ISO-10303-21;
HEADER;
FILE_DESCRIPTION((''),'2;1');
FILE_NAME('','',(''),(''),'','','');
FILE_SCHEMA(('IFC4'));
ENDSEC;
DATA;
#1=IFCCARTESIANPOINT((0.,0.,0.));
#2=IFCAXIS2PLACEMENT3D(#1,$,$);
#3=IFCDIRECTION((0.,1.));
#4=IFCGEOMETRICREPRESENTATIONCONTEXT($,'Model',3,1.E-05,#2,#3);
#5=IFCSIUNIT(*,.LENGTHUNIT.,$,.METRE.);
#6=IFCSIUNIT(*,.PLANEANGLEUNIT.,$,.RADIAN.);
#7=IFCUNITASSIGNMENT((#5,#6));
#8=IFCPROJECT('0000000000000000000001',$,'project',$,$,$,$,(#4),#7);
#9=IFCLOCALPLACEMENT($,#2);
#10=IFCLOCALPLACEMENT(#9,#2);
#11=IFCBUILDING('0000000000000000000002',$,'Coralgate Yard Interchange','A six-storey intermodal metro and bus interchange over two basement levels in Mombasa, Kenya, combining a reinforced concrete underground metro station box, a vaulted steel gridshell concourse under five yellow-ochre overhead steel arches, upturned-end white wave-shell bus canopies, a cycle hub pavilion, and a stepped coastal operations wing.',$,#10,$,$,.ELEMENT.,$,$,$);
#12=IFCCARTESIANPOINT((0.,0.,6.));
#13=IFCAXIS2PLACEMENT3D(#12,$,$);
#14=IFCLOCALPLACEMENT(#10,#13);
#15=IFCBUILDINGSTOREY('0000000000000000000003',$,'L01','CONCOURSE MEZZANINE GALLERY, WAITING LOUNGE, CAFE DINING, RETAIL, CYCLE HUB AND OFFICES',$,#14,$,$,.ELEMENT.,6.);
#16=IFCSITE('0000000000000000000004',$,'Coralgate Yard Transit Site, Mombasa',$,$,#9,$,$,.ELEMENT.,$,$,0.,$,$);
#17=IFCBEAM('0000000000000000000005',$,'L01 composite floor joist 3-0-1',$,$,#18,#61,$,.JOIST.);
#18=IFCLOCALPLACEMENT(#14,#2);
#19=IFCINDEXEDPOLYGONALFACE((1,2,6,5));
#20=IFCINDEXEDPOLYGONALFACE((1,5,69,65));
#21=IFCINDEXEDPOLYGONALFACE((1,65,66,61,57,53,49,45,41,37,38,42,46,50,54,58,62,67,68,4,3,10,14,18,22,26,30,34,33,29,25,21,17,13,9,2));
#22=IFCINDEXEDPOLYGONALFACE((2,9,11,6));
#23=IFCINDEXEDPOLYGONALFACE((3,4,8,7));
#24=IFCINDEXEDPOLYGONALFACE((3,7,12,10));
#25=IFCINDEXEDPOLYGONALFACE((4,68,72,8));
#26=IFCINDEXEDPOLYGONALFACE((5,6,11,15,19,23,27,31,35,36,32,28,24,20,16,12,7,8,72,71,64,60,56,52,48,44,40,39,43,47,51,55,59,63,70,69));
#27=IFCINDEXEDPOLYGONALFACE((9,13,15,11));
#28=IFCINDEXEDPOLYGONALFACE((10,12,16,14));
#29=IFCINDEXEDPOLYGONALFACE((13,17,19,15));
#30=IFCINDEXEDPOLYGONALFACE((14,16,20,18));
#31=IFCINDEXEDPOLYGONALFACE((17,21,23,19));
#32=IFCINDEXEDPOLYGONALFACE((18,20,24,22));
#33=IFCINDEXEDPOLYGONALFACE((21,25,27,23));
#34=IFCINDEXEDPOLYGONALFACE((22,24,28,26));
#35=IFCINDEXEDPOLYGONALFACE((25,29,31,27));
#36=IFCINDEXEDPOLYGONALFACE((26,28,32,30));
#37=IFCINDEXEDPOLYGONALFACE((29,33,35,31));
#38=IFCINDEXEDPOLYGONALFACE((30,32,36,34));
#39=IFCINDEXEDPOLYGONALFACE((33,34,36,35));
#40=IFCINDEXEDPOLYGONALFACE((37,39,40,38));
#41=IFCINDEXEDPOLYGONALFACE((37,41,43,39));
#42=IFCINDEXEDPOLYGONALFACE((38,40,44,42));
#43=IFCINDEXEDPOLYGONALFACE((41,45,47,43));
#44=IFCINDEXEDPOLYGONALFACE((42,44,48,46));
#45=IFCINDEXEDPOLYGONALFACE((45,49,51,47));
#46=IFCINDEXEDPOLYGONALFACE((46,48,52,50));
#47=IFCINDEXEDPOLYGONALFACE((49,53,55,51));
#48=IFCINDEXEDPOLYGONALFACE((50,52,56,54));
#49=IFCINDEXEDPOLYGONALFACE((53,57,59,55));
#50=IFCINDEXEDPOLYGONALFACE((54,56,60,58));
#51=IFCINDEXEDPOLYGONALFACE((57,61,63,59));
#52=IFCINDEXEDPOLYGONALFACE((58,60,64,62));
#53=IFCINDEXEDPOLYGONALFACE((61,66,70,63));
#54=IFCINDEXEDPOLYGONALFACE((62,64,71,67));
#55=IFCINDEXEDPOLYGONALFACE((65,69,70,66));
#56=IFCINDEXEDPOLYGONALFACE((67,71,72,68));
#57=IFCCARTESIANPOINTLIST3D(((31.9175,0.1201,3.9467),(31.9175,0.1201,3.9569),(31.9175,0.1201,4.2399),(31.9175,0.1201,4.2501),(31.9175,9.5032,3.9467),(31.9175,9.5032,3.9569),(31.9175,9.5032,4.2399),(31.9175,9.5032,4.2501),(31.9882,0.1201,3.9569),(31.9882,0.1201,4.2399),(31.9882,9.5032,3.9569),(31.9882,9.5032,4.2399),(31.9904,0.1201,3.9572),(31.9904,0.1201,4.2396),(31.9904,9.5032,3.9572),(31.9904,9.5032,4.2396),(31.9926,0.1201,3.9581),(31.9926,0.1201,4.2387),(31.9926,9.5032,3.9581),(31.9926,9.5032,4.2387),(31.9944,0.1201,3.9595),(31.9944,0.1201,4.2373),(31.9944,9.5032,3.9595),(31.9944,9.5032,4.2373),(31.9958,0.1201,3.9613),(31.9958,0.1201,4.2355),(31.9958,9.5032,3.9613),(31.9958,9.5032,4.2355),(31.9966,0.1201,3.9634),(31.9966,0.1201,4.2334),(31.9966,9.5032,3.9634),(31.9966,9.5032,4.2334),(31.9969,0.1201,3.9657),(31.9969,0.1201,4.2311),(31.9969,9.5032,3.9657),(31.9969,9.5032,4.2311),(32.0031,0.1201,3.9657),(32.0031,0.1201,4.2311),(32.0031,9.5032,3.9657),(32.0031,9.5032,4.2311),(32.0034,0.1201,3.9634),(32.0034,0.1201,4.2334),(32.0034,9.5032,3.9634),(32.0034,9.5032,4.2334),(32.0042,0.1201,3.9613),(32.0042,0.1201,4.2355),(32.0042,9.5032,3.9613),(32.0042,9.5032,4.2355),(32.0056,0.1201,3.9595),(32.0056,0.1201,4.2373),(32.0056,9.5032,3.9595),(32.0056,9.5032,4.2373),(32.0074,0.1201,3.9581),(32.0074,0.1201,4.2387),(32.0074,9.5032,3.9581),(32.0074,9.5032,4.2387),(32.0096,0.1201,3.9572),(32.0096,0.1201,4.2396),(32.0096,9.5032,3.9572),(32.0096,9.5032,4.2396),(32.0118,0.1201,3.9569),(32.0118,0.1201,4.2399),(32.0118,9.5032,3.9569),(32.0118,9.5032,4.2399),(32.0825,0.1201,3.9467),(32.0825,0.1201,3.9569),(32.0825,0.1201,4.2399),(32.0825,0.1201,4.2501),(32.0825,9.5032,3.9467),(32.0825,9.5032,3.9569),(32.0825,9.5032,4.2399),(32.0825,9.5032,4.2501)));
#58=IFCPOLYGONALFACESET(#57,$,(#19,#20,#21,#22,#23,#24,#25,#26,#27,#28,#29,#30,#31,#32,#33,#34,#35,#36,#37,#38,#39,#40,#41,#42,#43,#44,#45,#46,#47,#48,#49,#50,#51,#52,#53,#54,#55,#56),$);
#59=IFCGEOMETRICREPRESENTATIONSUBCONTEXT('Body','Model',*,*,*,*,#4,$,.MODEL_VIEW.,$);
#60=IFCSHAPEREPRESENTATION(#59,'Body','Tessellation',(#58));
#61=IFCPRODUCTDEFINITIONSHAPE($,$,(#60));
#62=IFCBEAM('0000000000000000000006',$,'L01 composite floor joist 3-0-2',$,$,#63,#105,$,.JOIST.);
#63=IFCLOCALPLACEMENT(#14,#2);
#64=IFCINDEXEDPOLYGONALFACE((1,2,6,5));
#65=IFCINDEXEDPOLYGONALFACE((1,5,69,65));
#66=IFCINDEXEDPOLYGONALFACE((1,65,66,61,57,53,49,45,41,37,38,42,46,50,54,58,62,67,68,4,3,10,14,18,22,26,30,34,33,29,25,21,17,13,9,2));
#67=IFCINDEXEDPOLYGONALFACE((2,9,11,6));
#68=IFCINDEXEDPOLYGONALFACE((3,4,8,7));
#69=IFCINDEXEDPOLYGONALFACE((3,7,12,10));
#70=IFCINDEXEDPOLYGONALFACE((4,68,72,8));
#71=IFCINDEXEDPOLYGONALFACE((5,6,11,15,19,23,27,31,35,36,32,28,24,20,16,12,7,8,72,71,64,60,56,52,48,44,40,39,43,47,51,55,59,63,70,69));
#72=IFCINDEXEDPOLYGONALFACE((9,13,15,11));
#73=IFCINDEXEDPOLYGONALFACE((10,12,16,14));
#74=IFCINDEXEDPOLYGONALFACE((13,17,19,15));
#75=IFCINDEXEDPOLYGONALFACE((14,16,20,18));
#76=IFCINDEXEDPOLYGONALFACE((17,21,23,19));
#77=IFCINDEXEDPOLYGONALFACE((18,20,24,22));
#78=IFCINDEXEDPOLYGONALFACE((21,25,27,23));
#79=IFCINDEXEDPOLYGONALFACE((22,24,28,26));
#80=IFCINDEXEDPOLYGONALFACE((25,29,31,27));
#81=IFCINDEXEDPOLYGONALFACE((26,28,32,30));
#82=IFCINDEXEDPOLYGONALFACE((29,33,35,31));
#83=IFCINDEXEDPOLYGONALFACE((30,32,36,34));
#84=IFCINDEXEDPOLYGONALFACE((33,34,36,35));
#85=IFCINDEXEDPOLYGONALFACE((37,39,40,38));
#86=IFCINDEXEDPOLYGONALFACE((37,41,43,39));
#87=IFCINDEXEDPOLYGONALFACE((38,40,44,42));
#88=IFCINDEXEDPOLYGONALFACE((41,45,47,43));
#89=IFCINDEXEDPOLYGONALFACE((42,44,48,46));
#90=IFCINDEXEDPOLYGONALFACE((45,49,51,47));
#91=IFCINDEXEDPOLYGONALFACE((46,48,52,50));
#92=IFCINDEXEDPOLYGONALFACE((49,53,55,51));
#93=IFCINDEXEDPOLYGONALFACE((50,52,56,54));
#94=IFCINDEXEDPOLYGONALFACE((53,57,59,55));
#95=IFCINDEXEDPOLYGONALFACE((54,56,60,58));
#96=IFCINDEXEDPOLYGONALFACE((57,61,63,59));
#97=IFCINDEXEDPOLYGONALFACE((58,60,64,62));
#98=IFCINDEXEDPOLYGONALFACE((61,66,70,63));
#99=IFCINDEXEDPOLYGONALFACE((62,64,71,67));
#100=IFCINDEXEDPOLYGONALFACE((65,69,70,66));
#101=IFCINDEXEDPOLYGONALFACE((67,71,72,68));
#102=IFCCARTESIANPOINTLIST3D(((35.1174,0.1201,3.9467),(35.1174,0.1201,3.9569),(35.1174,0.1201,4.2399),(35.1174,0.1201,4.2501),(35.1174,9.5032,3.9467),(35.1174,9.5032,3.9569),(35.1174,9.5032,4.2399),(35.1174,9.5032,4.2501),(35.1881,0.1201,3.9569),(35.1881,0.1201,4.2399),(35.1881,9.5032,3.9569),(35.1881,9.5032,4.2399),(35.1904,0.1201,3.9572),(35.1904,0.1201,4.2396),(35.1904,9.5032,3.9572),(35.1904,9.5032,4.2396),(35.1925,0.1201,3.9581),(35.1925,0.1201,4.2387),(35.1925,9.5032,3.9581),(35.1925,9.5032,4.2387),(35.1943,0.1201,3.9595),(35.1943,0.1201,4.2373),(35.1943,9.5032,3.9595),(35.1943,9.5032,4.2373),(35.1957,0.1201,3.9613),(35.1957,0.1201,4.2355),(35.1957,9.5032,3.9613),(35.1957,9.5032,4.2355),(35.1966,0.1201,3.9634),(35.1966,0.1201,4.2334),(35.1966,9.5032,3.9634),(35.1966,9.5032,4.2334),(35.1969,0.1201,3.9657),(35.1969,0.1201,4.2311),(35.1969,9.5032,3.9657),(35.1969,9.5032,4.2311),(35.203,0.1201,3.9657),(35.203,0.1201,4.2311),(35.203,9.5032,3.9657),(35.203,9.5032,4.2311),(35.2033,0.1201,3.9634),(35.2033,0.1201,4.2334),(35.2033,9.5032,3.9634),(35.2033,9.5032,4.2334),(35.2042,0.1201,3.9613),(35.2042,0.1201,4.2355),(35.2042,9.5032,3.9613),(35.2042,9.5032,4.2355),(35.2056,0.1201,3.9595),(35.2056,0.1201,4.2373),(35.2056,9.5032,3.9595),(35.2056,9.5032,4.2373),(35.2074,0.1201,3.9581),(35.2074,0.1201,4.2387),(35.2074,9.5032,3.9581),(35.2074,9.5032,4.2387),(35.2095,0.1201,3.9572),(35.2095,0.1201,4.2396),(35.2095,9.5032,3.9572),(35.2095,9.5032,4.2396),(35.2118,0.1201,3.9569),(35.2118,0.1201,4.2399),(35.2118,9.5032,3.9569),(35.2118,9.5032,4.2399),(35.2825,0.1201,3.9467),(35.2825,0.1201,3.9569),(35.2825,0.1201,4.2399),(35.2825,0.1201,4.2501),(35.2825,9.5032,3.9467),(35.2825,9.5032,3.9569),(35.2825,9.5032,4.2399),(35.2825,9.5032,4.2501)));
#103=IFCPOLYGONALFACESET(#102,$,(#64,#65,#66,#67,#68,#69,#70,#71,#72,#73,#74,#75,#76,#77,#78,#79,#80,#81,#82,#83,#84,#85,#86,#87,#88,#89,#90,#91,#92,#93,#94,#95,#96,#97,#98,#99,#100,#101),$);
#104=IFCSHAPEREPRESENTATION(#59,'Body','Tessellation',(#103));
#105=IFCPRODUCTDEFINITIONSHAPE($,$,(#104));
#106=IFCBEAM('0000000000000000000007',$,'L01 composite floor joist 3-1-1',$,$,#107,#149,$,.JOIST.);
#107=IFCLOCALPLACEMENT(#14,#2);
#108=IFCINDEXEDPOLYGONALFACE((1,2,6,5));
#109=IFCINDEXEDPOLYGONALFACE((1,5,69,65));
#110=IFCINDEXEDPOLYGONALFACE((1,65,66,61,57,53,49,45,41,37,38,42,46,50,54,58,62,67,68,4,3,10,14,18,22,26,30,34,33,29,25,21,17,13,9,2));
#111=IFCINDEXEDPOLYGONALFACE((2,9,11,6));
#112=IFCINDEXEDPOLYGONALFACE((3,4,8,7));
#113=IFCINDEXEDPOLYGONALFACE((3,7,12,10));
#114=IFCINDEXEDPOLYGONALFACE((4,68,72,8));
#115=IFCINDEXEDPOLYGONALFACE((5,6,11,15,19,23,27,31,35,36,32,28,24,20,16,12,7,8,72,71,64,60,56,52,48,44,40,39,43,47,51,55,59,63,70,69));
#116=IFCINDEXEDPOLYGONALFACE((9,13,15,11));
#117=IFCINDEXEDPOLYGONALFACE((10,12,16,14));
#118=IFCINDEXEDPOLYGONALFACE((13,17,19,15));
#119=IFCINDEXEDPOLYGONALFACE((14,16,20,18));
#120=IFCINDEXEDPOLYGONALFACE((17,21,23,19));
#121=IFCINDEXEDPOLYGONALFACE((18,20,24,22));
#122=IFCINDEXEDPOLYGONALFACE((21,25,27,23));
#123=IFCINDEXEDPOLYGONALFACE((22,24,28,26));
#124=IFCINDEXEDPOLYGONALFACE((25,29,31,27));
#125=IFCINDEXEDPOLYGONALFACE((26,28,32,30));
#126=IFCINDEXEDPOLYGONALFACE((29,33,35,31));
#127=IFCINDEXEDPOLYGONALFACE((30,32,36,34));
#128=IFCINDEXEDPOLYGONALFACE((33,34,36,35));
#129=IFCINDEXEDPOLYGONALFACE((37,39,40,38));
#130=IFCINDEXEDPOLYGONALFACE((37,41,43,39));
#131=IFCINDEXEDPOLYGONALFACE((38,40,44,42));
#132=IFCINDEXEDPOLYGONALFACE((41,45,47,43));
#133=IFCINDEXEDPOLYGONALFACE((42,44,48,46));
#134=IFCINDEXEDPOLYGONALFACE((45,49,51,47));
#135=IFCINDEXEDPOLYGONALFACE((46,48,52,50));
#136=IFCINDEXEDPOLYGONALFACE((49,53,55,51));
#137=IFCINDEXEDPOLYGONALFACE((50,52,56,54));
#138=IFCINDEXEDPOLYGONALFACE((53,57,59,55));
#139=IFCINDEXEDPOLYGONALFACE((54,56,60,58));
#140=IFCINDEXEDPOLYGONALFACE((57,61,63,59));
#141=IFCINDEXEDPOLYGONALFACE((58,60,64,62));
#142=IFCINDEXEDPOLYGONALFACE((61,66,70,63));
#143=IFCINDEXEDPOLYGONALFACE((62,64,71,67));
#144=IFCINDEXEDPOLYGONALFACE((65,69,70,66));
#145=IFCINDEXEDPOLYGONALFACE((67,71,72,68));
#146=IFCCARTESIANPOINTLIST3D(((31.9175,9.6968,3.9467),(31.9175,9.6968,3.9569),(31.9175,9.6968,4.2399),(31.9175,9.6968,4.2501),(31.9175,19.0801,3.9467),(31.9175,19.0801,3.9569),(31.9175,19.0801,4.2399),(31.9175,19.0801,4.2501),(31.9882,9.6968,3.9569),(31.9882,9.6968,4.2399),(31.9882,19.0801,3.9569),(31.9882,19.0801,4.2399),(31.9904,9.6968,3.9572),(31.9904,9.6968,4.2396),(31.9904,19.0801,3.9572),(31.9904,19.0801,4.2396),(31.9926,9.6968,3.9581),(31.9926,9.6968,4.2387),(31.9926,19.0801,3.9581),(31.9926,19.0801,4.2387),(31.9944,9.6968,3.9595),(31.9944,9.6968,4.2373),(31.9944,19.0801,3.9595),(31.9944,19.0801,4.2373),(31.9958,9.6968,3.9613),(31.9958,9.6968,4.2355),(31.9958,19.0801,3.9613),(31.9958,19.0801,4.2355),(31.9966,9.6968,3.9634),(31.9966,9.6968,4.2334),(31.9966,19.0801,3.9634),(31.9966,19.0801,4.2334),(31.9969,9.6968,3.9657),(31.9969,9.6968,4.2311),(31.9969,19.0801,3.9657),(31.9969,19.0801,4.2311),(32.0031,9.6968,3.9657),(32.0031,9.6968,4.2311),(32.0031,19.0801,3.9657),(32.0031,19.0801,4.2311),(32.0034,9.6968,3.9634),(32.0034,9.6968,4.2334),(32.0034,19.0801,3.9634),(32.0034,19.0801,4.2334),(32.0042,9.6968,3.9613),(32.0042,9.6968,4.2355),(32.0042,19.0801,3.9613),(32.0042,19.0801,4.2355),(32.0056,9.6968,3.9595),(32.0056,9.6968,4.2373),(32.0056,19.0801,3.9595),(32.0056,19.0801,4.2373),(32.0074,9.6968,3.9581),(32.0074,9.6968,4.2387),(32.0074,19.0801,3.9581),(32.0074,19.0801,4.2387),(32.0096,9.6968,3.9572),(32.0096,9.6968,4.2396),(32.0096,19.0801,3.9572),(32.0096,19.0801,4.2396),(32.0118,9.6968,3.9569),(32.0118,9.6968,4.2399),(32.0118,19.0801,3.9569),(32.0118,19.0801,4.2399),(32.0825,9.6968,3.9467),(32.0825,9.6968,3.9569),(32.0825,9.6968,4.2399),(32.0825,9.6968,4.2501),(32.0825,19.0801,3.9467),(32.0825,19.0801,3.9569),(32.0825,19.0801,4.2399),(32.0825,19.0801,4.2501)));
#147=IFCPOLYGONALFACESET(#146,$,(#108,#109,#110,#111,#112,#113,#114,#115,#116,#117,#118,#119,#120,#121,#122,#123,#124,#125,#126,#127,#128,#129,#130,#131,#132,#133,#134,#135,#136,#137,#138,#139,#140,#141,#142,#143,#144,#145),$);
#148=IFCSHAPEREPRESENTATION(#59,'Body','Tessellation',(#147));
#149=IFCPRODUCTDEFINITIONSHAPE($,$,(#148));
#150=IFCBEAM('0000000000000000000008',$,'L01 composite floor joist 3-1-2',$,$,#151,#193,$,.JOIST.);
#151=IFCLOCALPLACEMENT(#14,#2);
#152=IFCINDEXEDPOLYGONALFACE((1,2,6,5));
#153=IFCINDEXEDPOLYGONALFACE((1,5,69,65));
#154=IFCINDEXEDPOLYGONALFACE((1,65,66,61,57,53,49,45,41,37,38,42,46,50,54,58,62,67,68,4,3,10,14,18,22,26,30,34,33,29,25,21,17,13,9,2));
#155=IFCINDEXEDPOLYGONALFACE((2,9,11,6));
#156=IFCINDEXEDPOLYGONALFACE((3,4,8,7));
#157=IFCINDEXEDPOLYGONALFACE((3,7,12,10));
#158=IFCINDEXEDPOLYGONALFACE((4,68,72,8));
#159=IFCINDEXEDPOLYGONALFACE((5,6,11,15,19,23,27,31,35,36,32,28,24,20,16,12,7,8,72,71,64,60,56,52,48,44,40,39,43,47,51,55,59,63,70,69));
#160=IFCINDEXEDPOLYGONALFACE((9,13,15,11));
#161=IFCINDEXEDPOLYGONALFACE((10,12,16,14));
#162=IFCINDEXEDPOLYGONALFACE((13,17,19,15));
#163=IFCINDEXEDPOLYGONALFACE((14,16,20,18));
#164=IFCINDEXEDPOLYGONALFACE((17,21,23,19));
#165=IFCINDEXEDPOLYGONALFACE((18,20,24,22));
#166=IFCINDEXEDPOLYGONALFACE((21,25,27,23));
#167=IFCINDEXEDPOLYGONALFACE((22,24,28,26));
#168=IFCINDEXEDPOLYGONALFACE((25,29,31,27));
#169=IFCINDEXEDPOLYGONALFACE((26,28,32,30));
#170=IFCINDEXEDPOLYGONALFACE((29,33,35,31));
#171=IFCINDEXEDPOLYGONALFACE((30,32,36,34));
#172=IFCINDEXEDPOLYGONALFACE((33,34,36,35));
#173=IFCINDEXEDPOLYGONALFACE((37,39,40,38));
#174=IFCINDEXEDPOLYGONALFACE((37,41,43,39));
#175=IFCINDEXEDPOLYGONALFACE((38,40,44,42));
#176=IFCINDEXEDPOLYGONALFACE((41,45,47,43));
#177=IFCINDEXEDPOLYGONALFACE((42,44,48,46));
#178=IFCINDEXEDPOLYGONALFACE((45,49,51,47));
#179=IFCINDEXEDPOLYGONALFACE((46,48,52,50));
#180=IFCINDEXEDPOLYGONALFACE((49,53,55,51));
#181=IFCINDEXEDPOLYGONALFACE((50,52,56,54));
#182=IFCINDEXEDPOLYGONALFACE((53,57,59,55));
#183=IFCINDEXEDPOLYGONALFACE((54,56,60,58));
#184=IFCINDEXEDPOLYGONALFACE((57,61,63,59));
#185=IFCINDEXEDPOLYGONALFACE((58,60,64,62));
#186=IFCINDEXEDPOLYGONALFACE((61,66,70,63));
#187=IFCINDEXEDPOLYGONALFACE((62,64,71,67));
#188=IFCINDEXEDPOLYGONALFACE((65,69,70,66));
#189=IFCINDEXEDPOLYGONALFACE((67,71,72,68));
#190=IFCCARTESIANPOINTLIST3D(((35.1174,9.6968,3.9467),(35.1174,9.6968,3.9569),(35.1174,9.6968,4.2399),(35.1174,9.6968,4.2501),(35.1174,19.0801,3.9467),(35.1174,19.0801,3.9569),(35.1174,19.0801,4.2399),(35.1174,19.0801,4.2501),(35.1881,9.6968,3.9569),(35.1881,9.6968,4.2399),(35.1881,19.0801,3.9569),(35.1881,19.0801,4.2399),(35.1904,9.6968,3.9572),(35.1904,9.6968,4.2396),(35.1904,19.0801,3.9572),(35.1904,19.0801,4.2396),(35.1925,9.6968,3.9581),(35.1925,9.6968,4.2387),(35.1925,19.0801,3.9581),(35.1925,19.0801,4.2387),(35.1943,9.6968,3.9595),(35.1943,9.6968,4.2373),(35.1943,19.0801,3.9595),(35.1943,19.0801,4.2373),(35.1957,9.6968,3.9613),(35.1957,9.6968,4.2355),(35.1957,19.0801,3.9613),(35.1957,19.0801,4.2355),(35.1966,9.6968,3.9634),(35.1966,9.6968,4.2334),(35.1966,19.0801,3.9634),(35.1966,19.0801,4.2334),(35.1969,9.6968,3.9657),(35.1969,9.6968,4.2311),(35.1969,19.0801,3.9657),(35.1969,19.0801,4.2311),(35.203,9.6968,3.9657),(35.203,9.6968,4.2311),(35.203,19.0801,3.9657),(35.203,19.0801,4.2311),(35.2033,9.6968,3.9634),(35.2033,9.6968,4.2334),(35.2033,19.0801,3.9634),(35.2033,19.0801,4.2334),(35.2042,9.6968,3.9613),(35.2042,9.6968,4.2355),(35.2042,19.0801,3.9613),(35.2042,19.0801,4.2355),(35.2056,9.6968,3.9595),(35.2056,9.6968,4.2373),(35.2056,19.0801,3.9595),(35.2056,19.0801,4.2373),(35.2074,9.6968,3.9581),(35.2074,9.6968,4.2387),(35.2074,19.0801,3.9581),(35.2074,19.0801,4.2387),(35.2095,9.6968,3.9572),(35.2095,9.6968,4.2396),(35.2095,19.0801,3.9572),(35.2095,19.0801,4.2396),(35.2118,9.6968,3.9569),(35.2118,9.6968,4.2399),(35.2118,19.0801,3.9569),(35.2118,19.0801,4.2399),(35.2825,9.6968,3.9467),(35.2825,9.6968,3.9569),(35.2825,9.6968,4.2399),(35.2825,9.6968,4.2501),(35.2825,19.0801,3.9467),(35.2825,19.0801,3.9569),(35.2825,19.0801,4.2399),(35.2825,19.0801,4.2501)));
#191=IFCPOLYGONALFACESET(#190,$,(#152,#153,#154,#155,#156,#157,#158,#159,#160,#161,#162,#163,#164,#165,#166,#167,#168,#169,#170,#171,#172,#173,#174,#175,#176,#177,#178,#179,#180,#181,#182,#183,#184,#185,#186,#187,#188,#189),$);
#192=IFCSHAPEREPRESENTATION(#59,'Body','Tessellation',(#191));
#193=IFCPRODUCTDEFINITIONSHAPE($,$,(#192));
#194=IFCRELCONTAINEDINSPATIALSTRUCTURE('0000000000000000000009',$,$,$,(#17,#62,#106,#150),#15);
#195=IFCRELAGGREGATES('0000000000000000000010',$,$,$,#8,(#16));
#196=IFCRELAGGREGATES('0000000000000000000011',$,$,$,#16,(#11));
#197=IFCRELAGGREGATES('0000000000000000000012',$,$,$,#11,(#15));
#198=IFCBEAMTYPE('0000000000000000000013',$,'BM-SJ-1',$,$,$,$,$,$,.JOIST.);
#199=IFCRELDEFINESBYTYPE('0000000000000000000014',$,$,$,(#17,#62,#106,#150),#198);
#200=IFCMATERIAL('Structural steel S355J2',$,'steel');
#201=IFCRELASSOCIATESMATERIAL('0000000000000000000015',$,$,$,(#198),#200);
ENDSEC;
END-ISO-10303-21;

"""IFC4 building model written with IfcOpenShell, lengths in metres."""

from ifc_helpers import new_model, si_unit, direction, frame, origin, origin_2d, place, context, subcontext, project, spatial, i_section, extrude, material, material_profile, profile_set, type_object, element, save


model = new_model("IFC4")

# Units and contexts
model_context = context("Model", 3, precision=1e-05, world=origin(), true_north=direction((0.0, 1.0)))
body_context = subcontext(model_context, "Body", "Model", "MODEL_VIEW")
ifc_project = project(units=[si_unit("LENGTHUNIT", "METRE"), si_unit("PLANEANGLEUNIT", "RADIAN")], contexts=[model_context])

# Site, building, storey
site_placement = place(None, origin())
site = spatial("IfcSite", under=ifc_project, at=site_placement, Name="Coralgate Yard Transit Site, Mombasa", CompositionType="ELEMENT", RefElevation=0.0)
building_placement = place(site_placement, origin())
building = spatial("IfcBuilding", under=site, at=building_placement, Name="Coralgate Yard Interchange", Description="A six-storey intermodal metro and bus interchange over two basement levels in Mombasa, Kenya, combining a reinforced concrete underground metro station box, a vaulted steel gridshell concourse under five yellow-ochre overhead steel arches, upturned-end white wave-shell bus canopies, a cycle hub pavilion, and a stepped coastal operations wing.", CompositionType="ELEMENT")
storey_placement = place(building_placement, frame((0.0, 0.0, 6.0)))
storey = spatial("IfcBuildingStorey", under=building, at=storey_placement, Name="L01", Description="CONCOURSE MEZZANINE GALLERY, WAITING LOUNGE, CAFE DINING, RETAIL, CYCLE HUB AND OFFICES", CompositionType="ELEMENT", Elevation=6.0)

# Shared definitions
ifc_material_1 = material(Name="Structural steel S355J2", Category="steel")

# Beams
ifc_material_profile_1 = material_profile(ifc_material_1, i_section(OverallWidth=0.165, OverallDepth=0.3035, WebThickness=0.0061, FlangeThickness=0.0103, FilletRadius=0.0088, at=origin_2d()), Name="UB 305x165x40")
ifc_profile_set_1 = profile_set([ifc_material_profile_1], Name="Structural steel S355J2")
beam_type_1 = type_object("IfcBeamType", Name="BM-SJ-1", PredefinedType="JOIST", material=ifc_profile_set_1)
for number, where, z_axis, x_axis, name in (
    (1, (32.0, 0.1201, 4.0984), (0.0, 1.0, 0.0), (-1.0, 0.0, 0.0), "L01 composite floor joist 3-0-1"),
    (2, (35.2, 0.1201, 4.0984), (0.0, 1.0, 0.0), (-1.0, 0.0, 0.0), "L01 composite floor joist 3-0-2"),
):
    element("IfcBeam", number, at=place(storey_placement, frame(where, z_axis=z_axis, x_axis=x_axis)), inside=storey, type_object=beam_type_1, Name=name, PredefinedType="JOIST", context=body_context, shape_type="SweptSolid", body=[
        extrude(i_section(OverallWidth=0.165, OverallDepth=0.3035, WebThickness=0.0061, FlangeThickness=0.0103, FilletRadius=0.0088, at=origin_2d()), origin(), (0.0, 0.0, 1.0), 9.3831),
    ])
for number, where, z_axis, x_axis, name in (
    (3, (32.0, 9.6968, 4.0984), (0.0, 1.0, 0.0), (-1.0, 0.0, 0.0), "L01 composite floor joist 3-1-1"),
    (4, (35.2, 9.6968, 4.0984), (0.0, 1.0, 0.0), (-1.0, 0.0, 0.0), "L01 composite floor joist 3-1-2"),
):
    element("IfcBeam", number, at=place(storey_placement, frame(where, z_axis=z_axis, x_axis=x_axis)), inside=storey, type_object=beam_type_1, Name=name, PredefinedType="JOIST", context=body_context, shape_type="SweptSolid", body=[
        extrude(i_section(OverallWidth=0.165, OverallDepth=0.3035, WebThickness=0.0061, FlangeThickness=0.0103, FilletRadius=0.0088, at=origin_2d()), origin(), (0.0, 0.0, 1.0), 9.3833),
    ])

save(model, "model.ifc")
